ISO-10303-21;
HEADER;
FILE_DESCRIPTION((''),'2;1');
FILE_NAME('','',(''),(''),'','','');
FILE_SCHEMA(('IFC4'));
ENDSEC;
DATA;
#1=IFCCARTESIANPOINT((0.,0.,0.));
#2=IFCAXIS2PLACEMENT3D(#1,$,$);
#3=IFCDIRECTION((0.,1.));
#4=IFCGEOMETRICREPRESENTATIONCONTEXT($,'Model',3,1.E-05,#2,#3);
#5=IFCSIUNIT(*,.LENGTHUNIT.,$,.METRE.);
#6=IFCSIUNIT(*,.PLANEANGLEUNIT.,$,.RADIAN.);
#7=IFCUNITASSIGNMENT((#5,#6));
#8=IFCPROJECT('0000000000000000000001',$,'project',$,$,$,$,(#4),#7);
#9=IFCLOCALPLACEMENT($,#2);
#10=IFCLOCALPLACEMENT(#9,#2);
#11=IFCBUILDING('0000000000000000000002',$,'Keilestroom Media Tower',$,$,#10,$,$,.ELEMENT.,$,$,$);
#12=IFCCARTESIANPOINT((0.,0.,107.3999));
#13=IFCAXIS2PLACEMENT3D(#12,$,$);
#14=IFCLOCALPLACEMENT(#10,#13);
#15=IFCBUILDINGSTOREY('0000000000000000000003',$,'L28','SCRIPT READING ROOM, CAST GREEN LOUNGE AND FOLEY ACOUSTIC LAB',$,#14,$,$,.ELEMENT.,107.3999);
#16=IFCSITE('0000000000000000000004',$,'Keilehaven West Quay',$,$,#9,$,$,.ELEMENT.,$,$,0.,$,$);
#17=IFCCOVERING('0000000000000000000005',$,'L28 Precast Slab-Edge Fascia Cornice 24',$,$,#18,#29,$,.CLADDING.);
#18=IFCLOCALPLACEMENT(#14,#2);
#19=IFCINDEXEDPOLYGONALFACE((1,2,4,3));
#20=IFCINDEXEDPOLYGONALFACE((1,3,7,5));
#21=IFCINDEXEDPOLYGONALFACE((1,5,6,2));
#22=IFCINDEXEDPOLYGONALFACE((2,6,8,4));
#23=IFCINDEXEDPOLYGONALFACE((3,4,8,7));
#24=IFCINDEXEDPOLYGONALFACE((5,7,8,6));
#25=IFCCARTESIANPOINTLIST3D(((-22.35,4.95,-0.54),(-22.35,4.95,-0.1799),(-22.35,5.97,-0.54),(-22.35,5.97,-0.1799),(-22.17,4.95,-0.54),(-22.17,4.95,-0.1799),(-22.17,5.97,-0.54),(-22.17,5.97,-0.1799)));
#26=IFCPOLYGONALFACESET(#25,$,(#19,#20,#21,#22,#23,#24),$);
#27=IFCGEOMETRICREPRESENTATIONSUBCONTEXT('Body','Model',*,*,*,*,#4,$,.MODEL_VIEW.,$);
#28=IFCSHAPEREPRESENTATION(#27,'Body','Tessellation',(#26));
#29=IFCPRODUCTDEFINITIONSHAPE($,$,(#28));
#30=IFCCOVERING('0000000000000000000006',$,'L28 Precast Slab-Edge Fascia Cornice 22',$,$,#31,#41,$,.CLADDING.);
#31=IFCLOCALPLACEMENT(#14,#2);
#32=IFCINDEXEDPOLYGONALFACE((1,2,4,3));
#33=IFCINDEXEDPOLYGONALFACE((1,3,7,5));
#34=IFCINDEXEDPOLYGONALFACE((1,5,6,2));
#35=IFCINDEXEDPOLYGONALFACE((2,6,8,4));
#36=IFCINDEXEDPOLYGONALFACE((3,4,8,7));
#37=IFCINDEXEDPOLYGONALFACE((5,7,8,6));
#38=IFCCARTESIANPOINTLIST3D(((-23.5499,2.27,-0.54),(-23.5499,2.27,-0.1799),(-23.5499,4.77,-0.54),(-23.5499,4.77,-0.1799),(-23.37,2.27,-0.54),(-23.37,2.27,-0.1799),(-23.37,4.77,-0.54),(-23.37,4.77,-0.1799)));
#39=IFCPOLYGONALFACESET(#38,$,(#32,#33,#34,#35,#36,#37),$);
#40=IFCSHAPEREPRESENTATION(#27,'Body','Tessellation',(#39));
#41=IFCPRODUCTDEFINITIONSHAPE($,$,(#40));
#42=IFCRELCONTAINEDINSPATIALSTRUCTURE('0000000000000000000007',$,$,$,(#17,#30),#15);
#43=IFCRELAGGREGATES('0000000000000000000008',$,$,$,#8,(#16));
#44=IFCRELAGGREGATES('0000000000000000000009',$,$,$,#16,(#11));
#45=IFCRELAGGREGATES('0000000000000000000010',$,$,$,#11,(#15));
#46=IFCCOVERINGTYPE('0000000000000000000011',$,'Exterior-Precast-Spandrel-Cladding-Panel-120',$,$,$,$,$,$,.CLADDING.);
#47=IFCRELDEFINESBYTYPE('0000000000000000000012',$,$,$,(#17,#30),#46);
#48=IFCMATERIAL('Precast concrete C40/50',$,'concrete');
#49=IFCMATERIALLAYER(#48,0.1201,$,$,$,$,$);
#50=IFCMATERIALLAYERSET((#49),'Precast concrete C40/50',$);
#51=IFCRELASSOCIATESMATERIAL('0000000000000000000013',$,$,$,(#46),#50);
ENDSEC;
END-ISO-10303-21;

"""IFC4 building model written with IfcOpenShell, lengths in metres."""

from ifc_helpers import new_model, si_unit, direction, frame, origin, origin_2d, place, context, subcontext, project, spatial, rectangle, extrude, source, transform, mapped, material, layer, layer_set, type_object, element, save


model = new_model("IFC4")

# Units and contexts
model_context = context("Model", 3, precision=1e-05, world=origin(), true_north=direction((0.0, 1.0)))
body_context = subcontext(model_context, "Body", "Model", "MODEL_VIEW")
ifc_project = project(units=[si_unit("LENGTHUNIT", "METRE"), si_unit("PLANEANGLEUNIT", "RADIAN")], contexts=[model_context])

# Site, building, storey
site_placement = place(None, origin())
site = spatial("IfcSite", under=ifc_project, at=site_placement, Name="Keilehaven West Quay", CompositionType="ELEMENT", RefElevation=0.0)
building_placement = place(site_placement, origin())
building = spatial("IfcBuilding", under=site, at=building_placement, Name="Keilestroom Media Tower", CompositionType="ELEMENT")
storey_placement = place(building_placement, frame((0.0, 0.0, 107.3999)))
storey = spatial("IfcBuildingStorey", under=building, at=storey_placement, Name="L28", Description="SCRIPT READING ROOM, CAST GREEN LOUNGE AND FOLEY ACOUSTIC LAB", CompositionType="ELEMENT", Elevation=107.3999)

# Shared definitions
ifc_material_1 = material(Name="Precast concrete C40/50", Category="concrete")

# Coverings
ifc_layer_1 = layer(ifc_material_1, 0.1201)
ifc_layer_set_1 = layer_set([ifc_layer_1], Name="Precast concrete C40/50")
covering_type = type_object("IfcCoveringType", Name="Exterior-Precast-Spandrel-Cladding-Panel-120", PredefinedType="CLADDING", material=ifc_layer_set_1)
shared_shape_1 = source(origin(), body_context, "Body", "SweptSolid", [
    extrude(rectangle(XDim=1.02, YDim=0.1799, at=origin_2d()), origin(), (0.0, 0.0, 1.0), 0.3601),
])
for number, where, z_axis, x_axis, name in (
    (1, (-22.26, 5.46, -0.54), (0.0, 0.0, 1.0), (0.0, 1.0, 0.0), "L28 Precast Slab-Edge Fascia Cornice 24"),
):
    element("IfcCovering", number, at=place(storey_placement, frame(where, z_axis=z_axis, x_axis=x_axis)), inside=storey, type_object=covering_type, Name=name, PredefinedType="CLADDING", context=body_context, shape_type="MappedRepresentation", body=[
        mapped(shared_shape_1, transform((0.0, 0.0, 0.0), x_axis=(1.0, 0.0, 0.0), y_axis=(0.0, 1.0, 0.0), z_axis=(0.0, 0.0, 1.0), scale=1.0)),
    ])
shared_shape_2 = source(origin(), body_context, "Body", "SweptSolid", [
    extrude(rectangle(XDim=2.5, YDim=0.1799, at=origin_2d()), origin(), (0.0, 0.0, 1.0), 0.3601),
])
covering_placement = place(storey_placement, frame((-23.46, 3.52, -0.54), z_axis=(0.0, 0.0, 1.0), x_axis=(0.0, 1.0, 0.0)))
element("IfcCovering", 2, at=covering_placement, inside=storey, type_object=covering_type, Name="L28 Precast Slab-Edge Fascia Cornice 22", PredefinedType="CLADDING", context=body_context, shape_type="MappedRepresentation", body=[
    mapped(shared_shape_2, transform((0.0, 0.0, 0.0), x_axis=(1.0, 0.0, 0.0), y_axis=(0.0, 1.0, 0.0), z_axis=(0.0, 0.0, 1.0), scale=1.0)),
])

save(model, "model.ifc")
